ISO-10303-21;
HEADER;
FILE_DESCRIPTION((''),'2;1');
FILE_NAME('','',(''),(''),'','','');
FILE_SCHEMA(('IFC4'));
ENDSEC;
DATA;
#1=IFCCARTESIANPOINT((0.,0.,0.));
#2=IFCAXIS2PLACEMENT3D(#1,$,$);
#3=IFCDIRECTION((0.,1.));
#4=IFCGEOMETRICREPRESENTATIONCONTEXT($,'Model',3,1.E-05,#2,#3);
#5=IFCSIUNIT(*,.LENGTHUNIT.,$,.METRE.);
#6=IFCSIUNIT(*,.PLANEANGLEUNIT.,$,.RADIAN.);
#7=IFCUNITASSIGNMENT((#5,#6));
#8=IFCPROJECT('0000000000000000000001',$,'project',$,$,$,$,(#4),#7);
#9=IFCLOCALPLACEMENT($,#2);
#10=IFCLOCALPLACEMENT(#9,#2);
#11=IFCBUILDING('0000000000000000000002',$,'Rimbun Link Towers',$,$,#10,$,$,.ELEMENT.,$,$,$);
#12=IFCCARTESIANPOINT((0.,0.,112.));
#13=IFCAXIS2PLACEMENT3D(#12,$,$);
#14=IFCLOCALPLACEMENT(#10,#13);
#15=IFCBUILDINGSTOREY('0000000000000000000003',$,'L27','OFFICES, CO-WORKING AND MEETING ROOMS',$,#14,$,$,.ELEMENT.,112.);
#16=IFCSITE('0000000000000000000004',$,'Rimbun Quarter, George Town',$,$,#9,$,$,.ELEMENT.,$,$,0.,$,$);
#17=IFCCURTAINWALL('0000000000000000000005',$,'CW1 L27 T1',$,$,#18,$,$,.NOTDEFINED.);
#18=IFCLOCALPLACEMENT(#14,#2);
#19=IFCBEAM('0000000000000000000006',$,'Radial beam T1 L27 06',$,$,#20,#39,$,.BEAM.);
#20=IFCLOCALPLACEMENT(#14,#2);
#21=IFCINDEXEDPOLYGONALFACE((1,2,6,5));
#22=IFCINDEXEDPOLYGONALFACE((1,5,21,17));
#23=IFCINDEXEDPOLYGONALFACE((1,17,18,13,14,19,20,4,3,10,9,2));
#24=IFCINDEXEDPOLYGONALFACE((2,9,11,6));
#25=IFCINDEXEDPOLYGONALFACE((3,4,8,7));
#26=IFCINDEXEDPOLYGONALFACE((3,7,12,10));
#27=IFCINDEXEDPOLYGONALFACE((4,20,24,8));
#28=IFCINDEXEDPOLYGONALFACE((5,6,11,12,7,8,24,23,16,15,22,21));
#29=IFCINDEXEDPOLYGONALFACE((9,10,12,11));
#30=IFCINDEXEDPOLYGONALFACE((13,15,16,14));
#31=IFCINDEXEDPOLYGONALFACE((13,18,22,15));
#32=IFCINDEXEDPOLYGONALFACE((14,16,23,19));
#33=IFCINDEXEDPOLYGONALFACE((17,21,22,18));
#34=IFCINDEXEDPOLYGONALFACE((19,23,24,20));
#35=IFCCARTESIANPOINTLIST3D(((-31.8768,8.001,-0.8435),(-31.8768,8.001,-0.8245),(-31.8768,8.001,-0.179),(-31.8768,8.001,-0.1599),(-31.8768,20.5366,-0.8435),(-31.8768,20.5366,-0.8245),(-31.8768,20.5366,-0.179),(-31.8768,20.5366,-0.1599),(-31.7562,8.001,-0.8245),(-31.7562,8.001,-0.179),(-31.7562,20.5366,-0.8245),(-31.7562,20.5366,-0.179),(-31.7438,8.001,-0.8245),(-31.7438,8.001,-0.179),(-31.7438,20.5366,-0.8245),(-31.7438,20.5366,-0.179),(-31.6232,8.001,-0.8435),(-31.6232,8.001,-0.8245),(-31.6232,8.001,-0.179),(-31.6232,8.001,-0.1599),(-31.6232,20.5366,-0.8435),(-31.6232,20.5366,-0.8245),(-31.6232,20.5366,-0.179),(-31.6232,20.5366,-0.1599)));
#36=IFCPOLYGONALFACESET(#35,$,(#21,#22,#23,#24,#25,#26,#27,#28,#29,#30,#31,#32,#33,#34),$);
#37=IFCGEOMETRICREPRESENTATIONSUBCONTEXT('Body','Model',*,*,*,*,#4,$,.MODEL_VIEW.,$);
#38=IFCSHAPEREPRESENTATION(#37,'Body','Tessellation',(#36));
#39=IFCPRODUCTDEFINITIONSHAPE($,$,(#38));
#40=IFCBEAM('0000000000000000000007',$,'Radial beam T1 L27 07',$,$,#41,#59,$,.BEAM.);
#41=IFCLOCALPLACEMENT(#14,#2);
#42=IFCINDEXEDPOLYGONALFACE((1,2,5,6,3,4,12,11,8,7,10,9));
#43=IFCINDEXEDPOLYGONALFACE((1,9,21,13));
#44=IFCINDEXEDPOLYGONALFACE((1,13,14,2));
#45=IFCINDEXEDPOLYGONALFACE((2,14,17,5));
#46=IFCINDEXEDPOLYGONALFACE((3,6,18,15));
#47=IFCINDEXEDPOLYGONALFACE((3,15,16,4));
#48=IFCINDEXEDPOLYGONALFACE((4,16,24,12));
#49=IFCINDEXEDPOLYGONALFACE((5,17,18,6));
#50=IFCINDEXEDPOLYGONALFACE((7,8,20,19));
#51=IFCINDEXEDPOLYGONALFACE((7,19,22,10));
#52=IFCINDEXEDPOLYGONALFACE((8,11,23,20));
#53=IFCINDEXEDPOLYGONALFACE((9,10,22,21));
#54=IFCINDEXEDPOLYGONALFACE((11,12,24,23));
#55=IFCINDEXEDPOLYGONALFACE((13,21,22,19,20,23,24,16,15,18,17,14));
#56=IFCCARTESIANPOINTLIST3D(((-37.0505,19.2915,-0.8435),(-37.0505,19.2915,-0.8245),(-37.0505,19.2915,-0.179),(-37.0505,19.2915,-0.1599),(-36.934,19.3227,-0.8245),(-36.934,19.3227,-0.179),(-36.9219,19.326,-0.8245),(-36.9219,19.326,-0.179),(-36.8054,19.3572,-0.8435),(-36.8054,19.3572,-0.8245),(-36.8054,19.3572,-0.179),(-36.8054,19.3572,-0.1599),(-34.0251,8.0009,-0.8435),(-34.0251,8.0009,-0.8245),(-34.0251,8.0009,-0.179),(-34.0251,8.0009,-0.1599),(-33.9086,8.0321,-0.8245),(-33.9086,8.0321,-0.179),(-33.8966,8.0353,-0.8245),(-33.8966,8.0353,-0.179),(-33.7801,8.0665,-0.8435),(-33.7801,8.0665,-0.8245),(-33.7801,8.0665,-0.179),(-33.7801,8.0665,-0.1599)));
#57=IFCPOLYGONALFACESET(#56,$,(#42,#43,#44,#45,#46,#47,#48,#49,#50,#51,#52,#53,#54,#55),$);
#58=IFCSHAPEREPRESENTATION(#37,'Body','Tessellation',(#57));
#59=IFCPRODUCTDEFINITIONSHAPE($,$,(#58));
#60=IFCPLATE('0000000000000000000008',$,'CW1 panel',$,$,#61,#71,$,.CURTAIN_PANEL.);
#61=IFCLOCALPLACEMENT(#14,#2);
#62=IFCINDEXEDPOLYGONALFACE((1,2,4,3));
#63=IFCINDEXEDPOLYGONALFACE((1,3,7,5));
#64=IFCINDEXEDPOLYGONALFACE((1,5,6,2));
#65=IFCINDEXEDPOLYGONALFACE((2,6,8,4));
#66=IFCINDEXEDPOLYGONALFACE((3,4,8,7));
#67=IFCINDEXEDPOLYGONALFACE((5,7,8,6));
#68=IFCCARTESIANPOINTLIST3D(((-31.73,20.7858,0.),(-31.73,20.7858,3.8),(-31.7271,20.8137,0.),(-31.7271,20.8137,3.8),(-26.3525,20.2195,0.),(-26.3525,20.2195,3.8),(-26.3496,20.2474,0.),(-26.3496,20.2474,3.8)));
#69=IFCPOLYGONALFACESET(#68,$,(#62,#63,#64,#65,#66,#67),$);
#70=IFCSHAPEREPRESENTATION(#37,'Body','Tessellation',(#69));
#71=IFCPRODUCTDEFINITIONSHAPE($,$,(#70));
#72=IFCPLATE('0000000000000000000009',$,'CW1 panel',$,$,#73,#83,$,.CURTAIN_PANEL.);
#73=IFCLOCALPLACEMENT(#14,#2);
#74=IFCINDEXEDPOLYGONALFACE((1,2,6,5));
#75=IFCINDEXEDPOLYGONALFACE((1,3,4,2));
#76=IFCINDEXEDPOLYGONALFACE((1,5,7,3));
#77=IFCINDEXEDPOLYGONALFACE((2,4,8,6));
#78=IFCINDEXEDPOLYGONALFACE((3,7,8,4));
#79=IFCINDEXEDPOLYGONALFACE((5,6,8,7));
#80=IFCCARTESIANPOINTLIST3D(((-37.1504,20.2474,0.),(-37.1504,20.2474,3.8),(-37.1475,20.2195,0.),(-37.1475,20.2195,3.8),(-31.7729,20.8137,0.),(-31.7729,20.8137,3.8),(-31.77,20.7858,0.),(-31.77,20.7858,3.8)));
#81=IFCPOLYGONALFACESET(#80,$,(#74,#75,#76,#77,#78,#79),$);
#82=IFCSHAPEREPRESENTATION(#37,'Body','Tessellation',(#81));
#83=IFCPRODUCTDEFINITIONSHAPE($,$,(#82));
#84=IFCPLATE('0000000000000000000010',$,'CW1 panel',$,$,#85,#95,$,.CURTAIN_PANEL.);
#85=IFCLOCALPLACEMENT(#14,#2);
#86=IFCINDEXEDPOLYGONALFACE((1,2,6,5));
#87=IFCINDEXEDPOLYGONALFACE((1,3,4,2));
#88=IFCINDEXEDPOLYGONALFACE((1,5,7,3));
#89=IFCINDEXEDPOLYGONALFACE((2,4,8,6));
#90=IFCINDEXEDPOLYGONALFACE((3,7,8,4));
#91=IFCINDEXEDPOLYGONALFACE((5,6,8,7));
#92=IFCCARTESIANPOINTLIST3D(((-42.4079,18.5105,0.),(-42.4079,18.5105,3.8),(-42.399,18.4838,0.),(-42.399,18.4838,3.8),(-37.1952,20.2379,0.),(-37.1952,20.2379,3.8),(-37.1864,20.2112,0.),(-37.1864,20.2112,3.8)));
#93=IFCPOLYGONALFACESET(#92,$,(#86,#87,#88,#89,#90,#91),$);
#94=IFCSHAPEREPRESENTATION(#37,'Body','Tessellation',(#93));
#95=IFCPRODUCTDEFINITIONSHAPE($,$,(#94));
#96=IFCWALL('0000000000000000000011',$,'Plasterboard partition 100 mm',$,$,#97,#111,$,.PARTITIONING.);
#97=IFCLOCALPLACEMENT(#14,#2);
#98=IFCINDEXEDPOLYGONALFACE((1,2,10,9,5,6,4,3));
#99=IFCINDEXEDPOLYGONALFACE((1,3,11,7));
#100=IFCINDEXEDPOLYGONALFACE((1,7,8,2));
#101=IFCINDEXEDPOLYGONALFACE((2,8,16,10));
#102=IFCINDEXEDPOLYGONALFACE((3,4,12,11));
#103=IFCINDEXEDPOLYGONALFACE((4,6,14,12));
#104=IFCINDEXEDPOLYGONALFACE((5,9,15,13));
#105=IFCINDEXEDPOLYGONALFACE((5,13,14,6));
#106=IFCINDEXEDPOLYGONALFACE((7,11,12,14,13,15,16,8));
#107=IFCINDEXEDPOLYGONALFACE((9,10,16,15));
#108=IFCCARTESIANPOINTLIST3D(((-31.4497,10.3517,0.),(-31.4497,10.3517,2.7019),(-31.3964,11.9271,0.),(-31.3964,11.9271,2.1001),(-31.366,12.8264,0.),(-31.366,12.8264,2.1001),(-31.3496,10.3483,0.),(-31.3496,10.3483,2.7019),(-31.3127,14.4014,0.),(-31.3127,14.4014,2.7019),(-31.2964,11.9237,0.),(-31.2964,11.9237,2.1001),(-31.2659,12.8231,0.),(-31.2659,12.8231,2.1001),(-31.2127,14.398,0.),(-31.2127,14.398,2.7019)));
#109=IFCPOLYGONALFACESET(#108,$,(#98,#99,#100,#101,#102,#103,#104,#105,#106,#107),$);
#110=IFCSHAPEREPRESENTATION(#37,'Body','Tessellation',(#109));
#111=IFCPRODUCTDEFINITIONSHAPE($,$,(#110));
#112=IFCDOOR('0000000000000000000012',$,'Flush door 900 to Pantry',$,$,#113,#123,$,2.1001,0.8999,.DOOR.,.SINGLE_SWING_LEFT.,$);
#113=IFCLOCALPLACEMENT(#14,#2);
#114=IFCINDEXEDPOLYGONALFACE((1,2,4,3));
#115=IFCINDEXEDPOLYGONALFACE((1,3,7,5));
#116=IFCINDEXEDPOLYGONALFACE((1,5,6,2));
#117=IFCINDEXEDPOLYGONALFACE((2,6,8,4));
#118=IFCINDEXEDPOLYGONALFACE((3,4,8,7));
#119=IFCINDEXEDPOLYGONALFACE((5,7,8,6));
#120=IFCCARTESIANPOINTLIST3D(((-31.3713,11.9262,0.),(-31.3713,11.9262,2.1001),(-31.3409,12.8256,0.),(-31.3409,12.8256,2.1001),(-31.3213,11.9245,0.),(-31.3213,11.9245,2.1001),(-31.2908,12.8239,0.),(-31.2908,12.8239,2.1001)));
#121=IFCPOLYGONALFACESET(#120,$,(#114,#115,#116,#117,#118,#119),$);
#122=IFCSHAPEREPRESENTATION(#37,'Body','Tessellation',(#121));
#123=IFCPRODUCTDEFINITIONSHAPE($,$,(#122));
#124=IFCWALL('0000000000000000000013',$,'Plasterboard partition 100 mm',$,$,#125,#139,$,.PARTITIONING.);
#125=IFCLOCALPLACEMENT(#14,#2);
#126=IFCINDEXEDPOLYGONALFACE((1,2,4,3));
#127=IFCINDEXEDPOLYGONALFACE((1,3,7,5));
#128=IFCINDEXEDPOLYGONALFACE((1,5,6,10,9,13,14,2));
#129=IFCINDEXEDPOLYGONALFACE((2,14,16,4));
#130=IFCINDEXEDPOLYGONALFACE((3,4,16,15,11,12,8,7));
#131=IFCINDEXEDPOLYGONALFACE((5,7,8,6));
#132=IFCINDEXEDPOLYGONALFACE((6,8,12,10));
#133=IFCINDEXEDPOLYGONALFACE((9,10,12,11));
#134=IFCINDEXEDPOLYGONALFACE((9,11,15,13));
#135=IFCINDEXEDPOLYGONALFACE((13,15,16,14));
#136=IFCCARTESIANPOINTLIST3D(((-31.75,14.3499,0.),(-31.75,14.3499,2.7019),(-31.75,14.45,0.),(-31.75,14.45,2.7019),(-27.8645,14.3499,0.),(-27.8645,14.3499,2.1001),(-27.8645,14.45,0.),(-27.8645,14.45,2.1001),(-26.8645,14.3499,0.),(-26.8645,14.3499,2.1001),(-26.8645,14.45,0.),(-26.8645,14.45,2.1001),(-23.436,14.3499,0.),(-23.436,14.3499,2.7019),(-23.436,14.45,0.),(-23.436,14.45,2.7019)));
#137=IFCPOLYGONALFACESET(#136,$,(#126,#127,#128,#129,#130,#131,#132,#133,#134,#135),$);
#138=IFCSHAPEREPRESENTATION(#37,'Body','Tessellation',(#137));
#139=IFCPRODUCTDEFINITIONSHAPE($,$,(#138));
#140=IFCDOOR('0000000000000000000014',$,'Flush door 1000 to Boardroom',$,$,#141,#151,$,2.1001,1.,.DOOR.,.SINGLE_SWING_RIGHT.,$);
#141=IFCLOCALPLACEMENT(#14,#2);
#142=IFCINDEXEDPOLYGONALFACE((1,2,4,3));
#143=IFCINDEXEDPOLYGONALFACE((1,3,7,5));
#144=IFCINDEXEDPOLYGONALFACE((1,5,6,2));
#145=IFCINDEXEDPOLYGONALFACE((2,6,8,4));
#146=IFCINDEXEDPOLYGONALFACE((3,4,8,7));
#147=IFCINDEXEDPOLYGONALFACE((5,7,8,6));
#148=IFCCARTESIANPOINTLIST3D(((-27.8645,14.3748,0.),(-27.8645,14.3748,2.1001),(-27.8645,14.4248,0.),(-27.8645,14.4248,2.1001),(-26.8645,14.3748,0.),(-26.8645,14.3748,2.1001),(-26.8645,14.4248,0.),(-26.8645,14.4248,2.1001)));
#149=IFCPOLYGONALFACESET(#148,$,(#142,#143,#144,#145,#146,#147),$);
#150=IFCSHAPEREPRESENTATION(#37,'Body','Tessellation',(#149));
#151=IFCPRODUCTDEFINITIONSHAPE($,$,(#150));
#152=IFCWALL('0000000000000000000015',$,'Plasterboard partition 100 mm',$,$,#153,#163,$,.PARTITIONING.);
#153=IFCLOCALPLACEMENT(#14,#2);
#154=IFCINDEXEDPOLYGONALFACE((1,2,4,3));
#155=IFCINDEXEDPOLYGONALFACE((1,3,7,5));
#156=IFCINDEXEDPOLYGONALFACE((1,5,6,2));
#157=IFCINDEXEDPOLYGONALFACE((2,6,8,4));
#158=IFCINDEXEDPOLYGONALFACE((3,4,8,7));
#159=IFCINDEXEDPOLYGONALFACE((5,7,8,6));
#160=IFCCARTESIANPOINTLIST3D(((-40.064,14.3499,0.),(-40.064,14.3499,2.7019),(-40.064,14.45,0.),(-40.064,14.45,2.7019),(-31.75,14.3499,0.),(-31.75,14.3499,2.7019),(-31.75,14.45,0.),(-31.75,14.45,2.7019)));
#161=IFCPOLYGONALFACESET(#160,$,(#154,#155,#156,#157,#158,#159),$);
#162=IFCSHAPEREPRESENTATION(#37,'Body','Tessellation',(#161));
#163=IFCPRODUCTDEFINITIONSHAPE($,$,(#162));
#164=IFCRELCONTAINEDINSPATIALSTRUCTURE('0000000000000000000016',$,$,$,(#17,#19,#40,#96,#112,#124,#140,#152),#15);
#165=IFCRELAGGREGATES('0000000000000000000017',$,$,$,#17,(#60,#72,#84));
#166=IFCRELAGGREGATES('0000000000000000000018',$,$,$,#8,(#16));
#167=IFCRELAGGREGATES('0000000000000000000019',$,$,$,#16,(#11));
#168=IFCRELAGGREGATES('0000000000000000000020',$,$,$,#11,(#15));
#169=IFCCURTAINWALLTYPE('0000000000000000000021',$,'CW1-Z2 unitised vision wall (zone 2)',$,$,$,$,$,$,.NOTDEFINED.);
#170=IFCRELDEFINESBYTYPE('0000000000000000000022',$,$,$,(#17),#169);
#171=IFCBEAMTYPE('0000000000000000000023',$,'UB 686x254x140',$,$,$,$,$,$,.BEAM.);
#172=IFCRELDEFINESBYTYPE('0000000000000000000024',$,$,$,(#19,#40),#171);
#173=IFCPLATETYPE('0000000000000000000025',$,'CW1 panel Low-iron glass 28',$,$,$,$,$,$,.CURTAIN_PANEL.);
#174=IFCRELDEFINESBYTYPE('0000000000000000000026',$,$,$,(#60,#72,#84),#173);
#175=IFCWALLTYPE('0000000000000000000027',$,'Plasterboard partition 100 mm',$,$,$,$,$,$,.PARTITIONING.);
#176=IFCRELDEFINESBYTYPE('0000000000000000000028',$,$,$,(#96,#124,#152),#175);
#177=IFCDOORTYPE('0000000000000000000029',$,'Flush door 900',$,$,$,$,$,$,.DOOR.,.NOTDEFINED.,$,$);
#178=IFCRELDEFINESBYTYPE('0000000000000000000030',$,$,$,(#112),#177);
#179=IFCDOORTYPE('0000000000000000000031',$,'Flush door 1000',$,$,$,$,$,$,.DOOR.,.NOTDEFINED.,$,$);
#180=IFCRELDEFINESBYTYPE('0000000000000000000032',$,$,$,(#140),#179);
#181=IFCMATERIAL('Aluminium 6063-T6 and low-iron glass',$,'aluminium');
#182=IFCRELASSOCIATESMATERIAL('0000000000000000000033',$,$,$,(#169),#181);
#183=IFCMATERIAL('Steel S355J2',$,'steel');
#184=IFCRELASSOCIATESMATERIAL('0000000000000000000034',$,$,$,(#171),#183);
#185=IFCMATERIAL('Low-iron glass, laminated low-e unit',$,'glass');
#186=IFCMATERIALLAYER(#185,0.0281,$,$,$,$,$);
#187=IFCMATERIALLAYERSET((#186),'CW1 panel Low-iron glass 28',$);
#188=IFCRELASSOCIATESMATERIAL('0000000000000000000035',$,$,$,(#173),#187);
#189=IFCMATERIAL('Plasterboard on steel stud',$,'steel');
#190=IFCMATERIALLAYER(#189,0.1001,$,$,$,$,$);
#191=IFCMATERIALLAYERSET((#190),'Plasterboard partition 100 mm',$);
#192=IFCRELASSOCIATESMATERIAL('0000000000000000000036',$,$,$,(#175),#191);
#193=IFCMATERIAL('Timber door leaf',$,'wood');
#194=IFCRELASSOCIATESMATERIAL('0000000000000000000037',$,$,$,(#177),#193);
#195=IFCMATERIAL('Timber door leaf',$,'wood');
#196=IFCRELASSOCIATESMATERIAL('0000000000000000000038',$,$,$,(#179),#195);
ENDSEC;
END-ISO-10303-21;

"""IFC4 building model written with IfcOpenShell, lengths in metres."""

from ifc_helpers import new_model, si_unit, direction, frame, frame_2d, origin, origin_2d, place, context, subcontext, project, spatial, rectangle, i_section, extrude, material, layer, layer_set, material_profile, profile_set, type_object, element, fill, aggregate, save


model = new_model("IFC4")

# Units and contexts
model_context = context("Model", 3, precision=1e-05, world=origin(), true_north=direction((0.0, 1.0)))
body_context = subcontext(model_context, "Body", "Model", "MODEL_VIEW")
ifc_project = project(units=[si_unit("LENGTHUNIT", "METRE"), si_unit("PLANEANGLEUNIT", "RADIAN")], contexts=[model_context])

# Site, building, storey
site_placement = place(None, origin())
site = spatial("IfcSite", under=ifc_project, at=site_placement, Name="Rimbun Quarter, George Town", CompositionType="ELEMENT", RefElevation=0.0)
building_placement = place(site_placement, origin())
building = spatial("IfcBuilding", under=site, at=building_placement, Name="Rimbun Link Towers", CompositionType="ELEMENT")
storey_placement = place(building_placement, frame((0.0, 0.0, 112.0)))
storey = spatial("IfcBuildingStorey", under=building, at=storey_placement, Name="L27", Description="OFFICES, CO-WORKING AND MEETING ROOMS", CompositionType="ELEMENT", Elevation=112.0)

# Curtain wall
ifc_material_1 = material(Name="Aluminium 6063-T6 and low-iron glass", Category="aluminium")
curtain_wall_type = type_object("IfcCurtainWallType", Name="CW1-Z2 unitised vision wall (zone 2)", PredefinedType="NOTDEFINED", material=ifc_material_1)
curtain_wall_placement = place(storey_placement, origin())
curtain_wall = element("IfcCurtainWall", 1, at=curtain_wall_placement, inside=storey, type_object=curtain_wall_type, Name="CW1 L27 T1", PredefinedType="NOTDEFINED")

# Beams
ifc_material_2 = material(Name="Steel S355J2", Category="steel")
ifc_material_profile_1 = material_profile(ifc_material_2, i_section(OverallWidth=0.2537, OverallDepth=0.6836, WebThickness=0.0125, FlangeThickness=0.019, at=origin_2d()), Name="UB 686x254x140")
ifc_profile_set_1 = profile_set([ifc_material_profile_1], Name="Steel S355J2")
beam_type_1 = type_object("IfcBeamType", Name="UB 686x254x140", PredefinedType="BEAM", material=ifc_profile_set_1)
beam_1_placement = place(storey_placement, frame((-31.75, 8.001, -0.5017), z_axis=(0.0, 1.0, 0.0), x_axis=(-1.0, 0.0, 0.0)))
element("IfcBeam", 2, at=beam_1_placement, inside=storey, type_object=beam_type_1, Name="Radial beam T1 L27 06", PredefinedType="BEAM", context=body_context, shape_type="SweptSolid", body=[
    extrude(i_section(OverallWidth=0.2537, OverallDepth=0.6836, WebThickness=0.0125, FlangeThickness=0.019, at=origin_2d()), origin(), (0.0, 0.0, 1.0), 12.5356),
])
beam_2_placement = place(storey_placement, frame((-33.9026, 8.0337, -0.5017), z_axis=(-0.258822, 0.965925, 0.0), x_axis=(-0.965925, -0.258822, 0.0)))
element("IfcBeam", 3, at=beam_2_placement, inside=storey, type_object=beam_type_1, Name="Radial beam T1 L27 07", PredefinedType="BEAM", context=body_context, shape_type="SweptSolid", body=[
    extrude(i_section(OverallWidth=0.2537, OverallDepth=0.6836, WebThickness=0.0125, FlangeThickness=0.019, at=origin_2d()), origin(), (0.0, 0.0, 1.0), 11.689),
])

# Plates
ifc_material_3 = material(Name="Low-iron glass, laminated low-e unit", Category="glass")
ifc_layer_1 = layer(ifc_material_3, 0.0281)
ifc_layer_set_1 = layer_set([ifc_layer_1], Name="CW1 panel Low-iron glass 28")
plate_type = type_object("IfcPlateType", Name="CW1 panel Low-iron glass 28", PredefinedType="CURTAIN_PANEL", material=ifc_layer_set_1)
plate_1_placement = place(storey_placement, frame((-29.0398, 20.5166, 0.0), z_axis=(0.0, 0.0, 1.0), x_axis=(0.994501, -0.104732, 0.0)))
plate_1 = element("IfcPlate", 4, at=plate_1_placement, type_object=plate_type, Name="CW1 panel", PredefinedType="CURTAIN_PANEL", context=body_context, shape_type="SweptSolid", body=[
    extrude(rectangle(XDim=5.4072, YDim=0.0281, at=origin_2d()), origin(), (0.0, 0.0, 1.0), 3.8),
])
plate_2_placement = place(storey_placement, frame((-34.4602, 20.5166, 0.0), z_axis=(0.0, 0.0, 1.0), x_axis=(0.994501, 0.104732, 0.0)))
plate_2 = element("IfcPlate", 5, at=plate_2_placement, type_object=plate_type, Name="CW1 panel", PredefinedType="CURTAIN_PANEL", context=body_context, shape_type="SweptSolid", body=[
    extrude(rectangle(XDim=5.4072, YDim=0.0281, at=origin_2d()), origin(), (0.0, 0.0, 1.0), 3.8),
])
plate_3_placement = place(storey_placement, frame((-39.7971, 19.3608, 0.0), z_axis=(0.0, 0.0, 1.0), x_axis=(0.949237, 0.314562, 0.0)))
plate_3 = element("IfcPlate", 6, at=plate_3_placement, type_object=plate_type, Name="CW1 panel", PredefinedType="CURTAIN_PANEL", context=body_context, shape_type="SweptSolid", body=[
    extrude(rectangle(XDim=5.4915, YDim=0.0281, at=origin_2d()), origin(), (0.0, 0.0, 1.0), 3.8),
])
aggregate(curtain_wall, [plate_1, plate_2, plate_3])

# Walls, openings, doors
ifc_material_4 = material(Name="Plasterboard on steel stud", Category="steel")
ifc_layer_2 = layer(ifc_material_4, 0.1001)
ifc_layer_set_2 = layer_set([ifc_layer_2], Name="Plasterboard partition 100 mm")
wall_type_1 = type_object("IfcWallType", Name="Plasterboard partition 100 mm", PredefinedType="PARTITIONING", material=ifc_layer_set_2)
wall_1_placement = place(storey_placement, frame((-31.3997, 10.3501, 0.0), z_axis=(0.0, 0.0, 1.0), x_axis=(0.0338, 0.999429, 0.0)))
wall_1 = element("IfcWall", 7, at=wall_1_placement, inside=storey, type_object=wall_type_1, Name="Plasterboard partition 100 mm", PredefinedType="PARTITIONING", context=body_context, shape_type="SweptSolid", body=[
    extrude(rectangle(XDim=4.052, YDim=0.1001, at=frame_2d((2.0259, 0.0))), origin(), (0.0, 0.0, 1.0), 2.7019),
])
opening_1_placement = place(wall_1_placement, frame((1.5762, 0.0, 0.0)))
opening_1 = element("IfcOpeningElement", 8, at=opening_1_placement, cuts=wall_1, PredefinedType="OPENING", context=body_context, shape_type="SweptSolid", body=[
    extrude(rectangle(XDim=0.8999, YDim=2.1001, at=frame_2d((0.45, 1.05))), frame((0.0, 0.0601, 0.0), z_axis=(0.0, -1.0, 0.0), x_axis=(1.0, 0.0, 0.0)), (0.0, 0.0, 1.0), 0.1201),
])
ifc_material_5 = material(Name="Timber door leaf", Category="wood")
door_type_1 = type_object("IfcDoorType", Name="Flush door 900", OperationType="NOTDEFINED", PredefinedType="DOOR", material=ifc_material_5)
door_1_placement = place(opening_1_placement, origin())
door_1 = element("IfcDoor", 9, at=door_1_placement, inside=storey, type_object=door_type_1, Name="Flush door 900 to Pantry", OperationType="SINGLE_SWING_LEFT", OverallHeight=2.1001, OverallWidth=0.8999, PredefinedType="DOOR", context=body_context, shape_type="SweptSolid", body=[
    extrude(rectangle(XDim=0.8999, YDim=2.1001, at=frame_2d((0.45, 1.05))), frame((0.0, 0.0249, 0.0), z_axis=(0.0, -1.0, 0.0), x_axis=(1.0, 0.0, 0.0)), (0.0, 0.0, 1.0), 0.05),
])
fill(opening_1, door_1)
wall_2_placement = place(storey_placement, frame((-31.75, 14.3999, 0.0), z_axis=(0.0, 0.0, 1.0), x_axis=(1.0, 0.0, 0.0)))
wall_2 = element("IfcWall", 10, at=wall_2_placement, inside=storey, type_object=wall_type_1, Name="Plasterboard partition 100 mm", PredefinedType="PARTITIONING", context=body_context, shape_type="SweptSolid", body=[
    extrude(rectangle(XDim=8.314, YDim=0.1001, at=frame_2d((4.157, 0.0))), origin(), (0.0, 0.0, 1.0), 2.7019),
])
opening_2_placement = place(wall_2_placement, frame((3.8855, 0.0, 0.0)))
opening_2 = element("IfcOpeningElement", 11, at=opening_2_placement, cuts=wall_2, PredefinedType="OPENING", context=body_context, shape_type="SweptSolid", body=[
    extrude(rectangle(XDim=1.0, YDim=2.1001, at=frame_2d((0.5, 1.05))), frame((0.0, 0.0601, 0.0), z_axis=(0.0, -1.0, 0.0), x_axis=(1.0, 0.0, 0.0)), (0.0, 0.0, 1.0), 0.1201),
])
ifc_material_6 = material(Name="Timber door leaf", Category="wood")
door_type_2 = type_object("IfcDoorType", Name="Flush door 1000", OperationType="NOTDEFINED", PredefinedType="DOOR", material=ifc_material_6)
door_2_placement = place(opening_2_placement, origin())
door_2 = element("IfcDoor", 12, at=door_2_placement, inside=storey, type_object=door_type_2, Name="Flush door 1000 to Boardroom", OperationType="SINGLE_SWING_RIGHT", OverallHeight=2.1001, OverallWidth=1.0, PredefinedType="DOOR", context=body_context, shape_type="SweptSolid", body=[
    extrude(rectangle(XDim=1.0, YDim=2.1001, at=frame_2d((0.5, 1.05))), frame((0.0, 0.0249, 0.0), z_axis=(0.0, -1.0, 0.0), x_axis=(1.0, 0.0, 0.0)), (0.0, 0.0, 1.0), 0.05),
])
fill(opening_2, door_2)

# Wall
wall_3_placement = place(storey_placement, frame((-31.75, 14.3999, 0.0), z_axis=(0.0, 0.0, 1.0), x_axis=(-1.0, 0.0, 0.0)))
element("IfcWall", 13, at=wall_3_placement, inside=storey, type_object=wall_type_1, Name="Plasterboard partition 100 mm", PredefinedType="PARTITIONING", context=body_context, shape_type="SweptSolid", body=[
    extrude(rectangle(XDim=8.314, YDim=0.1001, at=frame_2d((4.157, 0.0))), origin(), (0.0, 0.0, 1.0), 2.7019),
])

save(model, "model.ifc")
